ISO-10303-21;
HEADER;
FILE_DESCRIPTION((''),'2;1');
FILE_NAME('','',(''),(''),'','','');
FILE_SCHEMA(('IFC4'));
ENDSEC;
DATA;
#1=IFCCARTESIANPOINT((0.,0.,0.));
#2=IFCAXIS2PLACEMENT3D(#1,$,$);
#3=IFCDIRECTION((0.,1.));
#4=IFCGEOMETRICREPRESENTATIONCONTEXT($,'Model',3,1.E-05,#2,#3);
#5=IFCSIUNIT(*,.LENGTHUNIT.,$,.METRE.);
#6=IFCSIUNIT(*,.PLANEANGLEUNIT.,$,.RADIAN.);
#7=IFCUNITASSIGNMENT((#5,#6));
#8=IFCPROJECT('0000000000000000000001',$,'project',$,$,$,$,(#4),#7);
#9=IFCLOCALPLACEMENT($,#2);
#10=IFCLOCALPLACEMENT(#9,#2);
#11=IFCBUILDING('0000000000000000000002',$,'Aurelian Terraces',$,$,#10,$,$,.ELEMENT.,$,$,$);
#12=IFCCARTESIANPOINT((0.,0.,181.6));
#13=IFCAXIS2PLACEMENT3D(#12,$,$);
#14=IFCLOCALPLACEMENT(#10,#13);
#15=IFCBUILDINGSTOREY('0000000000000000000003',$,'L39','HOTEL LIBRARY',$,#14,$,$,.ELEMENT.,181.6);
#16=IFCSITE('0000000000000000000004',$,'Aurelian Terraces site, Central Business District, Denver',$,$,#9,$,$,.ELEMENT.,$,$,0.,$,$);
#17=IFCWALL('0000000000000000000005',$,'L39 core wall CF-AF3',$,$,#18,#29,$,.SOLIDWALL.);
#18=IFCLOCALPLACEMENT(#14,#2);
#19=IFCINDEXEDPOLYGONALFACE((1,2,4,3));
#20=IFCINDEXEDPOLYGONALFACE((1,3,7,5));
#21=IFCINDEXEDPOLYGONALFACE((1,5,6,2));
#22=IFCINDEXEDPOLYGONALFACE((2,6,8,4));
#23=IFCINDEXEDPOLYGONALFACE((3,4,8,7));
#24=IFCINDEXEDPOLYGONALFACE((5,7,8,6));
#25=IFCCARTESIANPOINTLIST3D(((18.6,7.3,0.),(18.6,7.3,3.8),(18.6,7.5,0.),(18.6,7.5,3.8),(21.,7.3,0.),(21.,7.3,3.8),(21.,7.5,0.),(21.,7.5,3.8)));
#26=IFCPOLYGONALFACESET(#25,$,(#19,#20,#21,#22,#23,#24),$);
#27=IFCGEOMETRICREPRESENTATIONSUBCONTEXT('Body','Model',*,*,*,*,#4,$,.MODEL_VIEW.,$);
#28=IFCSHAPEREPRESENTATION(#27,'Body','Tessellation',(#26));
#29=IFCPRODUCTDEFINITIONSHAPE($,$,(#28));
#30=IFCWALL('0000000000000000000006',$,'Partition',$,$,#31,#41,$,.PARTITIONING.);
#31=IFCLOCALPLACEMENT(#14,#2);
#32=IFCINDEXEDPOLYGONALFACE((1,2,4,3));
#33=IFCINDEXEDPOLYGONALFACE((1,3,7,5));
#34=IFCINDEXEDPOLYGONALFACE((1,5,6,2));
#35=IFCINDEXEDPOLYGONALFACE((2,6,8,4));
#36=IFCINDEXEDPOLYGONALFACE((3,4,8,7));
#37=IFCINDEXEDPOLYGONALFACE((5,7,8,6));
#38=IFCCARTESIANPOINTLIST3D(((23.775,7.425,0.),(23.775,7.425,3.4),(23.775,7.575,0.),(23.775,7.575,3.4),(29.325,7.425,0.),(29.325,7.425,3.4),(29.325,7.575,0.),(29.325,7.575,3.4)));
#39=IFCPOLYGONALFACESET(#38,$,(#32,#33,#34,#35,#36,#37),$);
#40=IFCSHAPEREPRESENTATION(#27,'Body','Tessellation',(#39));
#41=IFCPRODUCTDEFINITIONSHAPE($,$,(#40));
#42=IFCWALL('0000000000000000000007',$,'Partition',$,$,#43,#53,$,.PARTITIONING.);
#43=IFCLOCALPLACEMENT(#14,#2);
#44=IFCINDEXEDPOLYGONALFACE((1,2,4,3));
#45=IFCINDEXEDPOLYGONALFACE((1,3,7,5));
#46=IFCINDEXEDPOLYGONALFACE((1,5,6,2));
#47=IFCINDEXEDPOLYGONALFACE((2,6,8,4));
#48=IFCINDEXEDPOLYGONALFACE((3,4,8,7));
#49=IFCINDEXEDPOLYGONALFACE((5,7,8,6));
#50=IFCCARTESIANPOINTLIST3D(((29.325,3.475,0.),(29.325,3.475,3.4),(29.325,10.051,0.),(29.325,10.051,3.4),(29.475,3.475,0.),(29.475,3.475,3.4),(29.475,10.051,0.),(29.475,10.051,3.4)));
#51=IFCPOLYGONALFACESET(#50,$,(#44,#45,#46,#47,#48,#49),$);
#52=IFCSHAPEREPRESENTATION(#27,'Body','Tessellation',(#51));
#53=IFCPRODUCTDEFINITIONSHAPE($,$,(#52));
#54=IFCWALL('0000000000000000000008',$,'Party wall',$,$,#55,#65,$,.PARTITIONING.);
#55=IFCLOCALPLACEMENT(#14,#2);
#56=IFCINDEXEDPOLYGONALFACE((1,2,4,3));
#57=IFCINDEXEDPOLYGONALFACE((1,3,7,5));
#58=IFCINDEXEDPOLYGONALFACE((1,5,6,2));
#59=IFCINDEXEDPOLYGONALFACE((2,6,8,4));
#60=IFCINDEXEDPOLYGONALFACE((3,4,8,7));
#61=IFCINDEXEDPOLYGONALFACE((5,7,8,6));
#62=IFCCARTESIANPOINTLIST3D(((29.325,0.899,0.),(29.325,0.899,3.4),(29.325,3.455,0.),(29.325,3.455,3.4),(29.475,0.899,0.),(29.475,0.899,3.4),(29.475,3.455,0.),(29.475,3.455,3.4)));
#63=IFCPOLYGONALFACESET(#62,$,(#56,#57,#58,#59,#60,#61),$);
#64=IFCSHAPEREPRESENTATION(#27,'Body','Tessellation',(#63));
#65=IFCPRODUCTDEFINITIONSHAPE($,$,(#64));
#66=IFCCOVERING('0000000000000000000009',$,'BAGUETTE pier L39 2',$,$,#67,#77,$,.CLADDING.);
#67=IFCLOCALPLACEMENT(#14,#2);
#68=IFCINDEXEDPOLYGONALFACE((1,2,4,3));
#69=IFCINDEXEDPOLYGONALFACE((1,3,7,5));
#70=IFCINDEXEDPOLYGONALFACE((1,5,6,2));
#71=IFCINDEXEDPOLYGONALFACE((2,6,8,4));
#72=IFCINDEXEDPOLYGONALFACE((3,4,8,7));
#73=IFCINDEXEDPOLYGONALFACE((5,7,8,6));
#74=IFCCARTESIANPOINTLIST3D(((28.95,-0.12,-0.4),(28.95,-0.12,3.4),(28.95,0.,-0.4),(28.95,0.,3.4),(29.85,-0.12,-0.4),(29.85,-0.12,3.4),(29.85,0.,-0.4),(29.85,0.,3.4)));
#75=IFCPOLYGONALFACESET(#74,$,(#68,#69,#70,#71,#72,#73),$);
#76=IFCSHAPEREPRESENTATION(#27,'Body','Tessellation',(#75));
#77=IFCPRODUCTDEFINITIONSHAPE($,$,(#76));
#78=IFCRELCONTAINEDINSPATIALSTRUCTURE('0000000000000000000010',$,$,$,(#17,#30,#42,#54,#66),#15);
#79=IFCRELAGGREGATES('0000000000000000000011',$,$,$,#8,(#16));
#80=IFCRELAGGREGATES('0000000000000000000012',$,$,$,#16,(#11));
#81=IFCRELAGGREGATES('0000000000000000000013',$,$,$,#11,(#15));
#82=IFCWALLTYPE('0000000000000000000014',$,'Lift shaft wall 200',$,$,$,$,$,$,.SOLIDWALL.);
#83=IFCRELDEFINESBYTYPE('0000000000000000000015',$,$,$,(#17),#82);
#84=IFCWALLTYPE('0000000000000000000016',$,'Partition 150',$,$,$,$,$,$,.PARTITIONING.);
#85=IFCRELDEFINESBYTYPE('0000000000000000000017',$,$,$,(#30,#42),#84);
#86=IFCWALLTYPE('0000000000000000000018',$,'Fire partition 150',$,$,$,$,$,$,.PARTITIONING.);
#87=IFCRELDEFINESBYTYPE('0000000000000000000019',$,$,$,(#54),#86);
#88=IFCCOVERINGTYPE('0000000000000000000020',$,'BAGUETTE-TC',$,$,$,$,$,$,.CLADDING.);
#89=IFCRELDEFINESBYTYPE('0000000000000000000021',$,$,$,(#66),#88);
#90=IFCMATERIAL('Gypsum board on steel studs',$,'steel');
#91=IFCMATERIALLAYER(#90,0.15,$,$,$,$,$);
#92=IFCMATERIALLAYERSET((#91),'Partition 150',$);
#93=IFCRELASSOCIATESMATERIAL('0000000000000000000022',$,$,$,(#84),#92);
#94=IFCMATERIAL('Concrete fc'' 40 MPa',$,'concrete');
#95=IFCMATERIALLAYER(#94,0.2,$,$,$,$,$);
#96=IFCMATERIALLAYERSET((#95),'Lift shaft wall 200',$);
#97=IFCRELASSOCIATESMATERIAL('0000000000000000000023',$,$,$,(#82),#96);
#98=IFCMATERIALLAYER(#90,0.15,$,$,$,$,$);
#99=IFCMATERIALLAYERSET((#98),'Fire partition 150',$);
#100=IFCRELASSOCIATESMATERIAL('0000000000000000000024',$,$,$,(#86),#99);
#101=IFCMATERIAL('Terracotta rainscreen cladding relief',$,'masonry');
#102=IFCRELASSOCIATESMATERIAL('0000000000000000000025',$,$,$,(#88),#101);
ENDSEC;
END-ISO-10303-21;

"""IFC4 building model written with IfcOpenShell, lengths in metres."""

from ifc_helpers import new_model, si_unit, direction, frame, frame_2d, origin, origin_2d, place, context, subcontext, project, spatial, rectangle, extrude, source, transform, mapped, material, layer, layer_set, type_object, element, save


model = new_model("IFC4")

# Units and contexts
model_context = context("Model", 3, precision=1e-05, world=origin(), true_north=direction((0.0, 1.0)))
body_context = subcontext(model_context, "Body", "Model", "MODEL_VIEW")
ifc_project = project(units=[si_unit("LENGTHUNIT", "METRE"), si_unit("PLANEANGLEUNIT", "RADIAN")], contexts=[model_context])

# Site, building, storey
site_placement = place(None, origin())
site = spatial("IfcSite", under=ifc_project, at=site_placement, Name="Aurelian Terraces site, Central Business District, Denver", CompositionType="ELEMENT", RefElevation=0.0)
building_placement = place(site_placement, origin())
building = spatial("IfcBuilding", under=site, at=building_placement, Name="Aurelian Terraces", CompositionType="ELEMENT")
storey_placement = place(building_placement, frame((0.0, 0.0, 181.6)))
storey = spatial("IfcBuildingStorey", under=building, at=storey_placement, Name="L39", Description="HOTEL LIBRARY", CompositionType="ELEMENT", Elevation=181.6)

# Shared definitions
ifc_material_1 = material(Name="Gypsum board on steel studs", Category="steel")
ifc_layer_1 = layer(ifc_material_1, 0.15)
ifc_layer_set_1 = layer_set([ifc_layer_1], Name="Partition 150")
wall_type_1 = type_object("IfcWallType", Name="Partition 150", PredefinedType="PARTITIONING", material=ifc_layer_set_1)

# Shared definitions
ifc_material_2 = material(Name="Concrete fc' 40 MPa", Category="concrete")

# Walls
ifc_layer_2 = layer(ifc_material_2, 0.2)
ifc_layer_set_2 = layer_set([ifc_layer_2], Name="Lift shaft wall 200")
wall_type_2 = type_object("IfcWallType", Name="Lift shaft wall 200", PredefinedType="SOLIDWALL", material=ifc_layer_set_2)
shared_shape_1 = source(origin(), body_context, "Body", "SweptSolid", [
    extrude(rectangle(XDim=2.4, YDim=0.2, at=frame_2d((1.2, 0.0))), origin(), (0.0, 0.0, 1.0), 3.8),
])
wall_1_placement = place(storey_placement, frame((18.6, 7.4, 0.0), z_axis=(0.0, 0.0, 1.0), x_axis=(1.0, 0.0, 0.0)))
element("IfcWall", 1, at=wall_1_placement, inside=storey, type_object=wall_type_2, Name="L39 core wall CF-AF3", PredefinedType="SOLIDWALL", context=body_context, shape_type="MappedRepresentation", body=[
    mapped(shared_shape_1, transform((0.0, 0.0, 0.0), scale=1.0)),
])
shared_shape_2 = source(origin(), body_context, "Body", "SweptSolid", [
    extrude(rectangle(XDim=5.55, YDim=0.15, at=frame_2d((2.775, 0.0))), origin(), (0.0, 0.0, 1.0), 3.4),
])
wall_2_placement = place(storey_placement, frame((29.325, 7.5, 0.0), z_axis=(0.0, 0.0, 1.0), x_axis=(-1.0, 0.0, 0.0)))
element("IfcWall", 2, at=wall_2_placement, inside=storey, type_object=wall_type_1, Name="Partition", PredefinedType="PARTITIONING", context=body_context, shape_type="MappedRepresentation", body=[
    mapped(shared_shape_2, transform((0.0, 0.0, 0.0), scale=1.0)),
])
shared_shape_3 = source(origin(), body_context, "Body", "SweptSolid", [
    extrude(rectangle(XDim=6.576, YDim=0.15, at=frame_2d((3.288, 0.0))), origin(), (0.0, 0.0, 1.0), 3.4),
])
wall_3_placement = place(storey_placement, frame((29.4, 3.475, 0.0), z_axis=(0.0, 0.0, 1.0), x_axis=(0.0, 1.0, 0.0)))
element("IfcWall", 3, at=wall_3_placement, inside=storey, type_object=wall_type_1, Name="Partition", PredefinedType="PARTITIONING", context=body_context, shape_type="MappedRepresentation", body=[
    mapped(shared_shape_3, transform((0.0, 0.0, 0.0), scale=1.0)),
])
ifc_layer_3 = layer(ifc_material_1, 0.15)
ifc_layer_set_3 = layer_set([ifc_layer_3], Name="Fire partition 150")
wall_type_3 = type_object("IfcWallType", Name="Fire partition 150", PredefinedType="PARTITIONING", material=ifc_layer_set_3)
shared_shape_4 = source(origin(), body_context, "Body", "SweptSolid", [
    extrude(rectangle(XDim=2.556, YDim=0.15, at=frame_2d((1.278, 0.0))), origin(), (0.0, 0.0, 1.0), 3.4),
])
wall_4_placement = place(storey_placement, frame((29.4, 0.899, 0.0), z_axis=(0.0, 0.0, 1.0), x_axis=(0.0, 1.0, 0.0)))
element("IfcWall", 4, at=wall_4_placement, inside=storey, type_object=wall_type_3, Name="Party wall", PredefinedType="PARTITIONING", context=body_context, shape_type="MappedRepresentation", body=[
    mapped(shared_shape_4, transform((0.0, 0.0, 0.0), scale=1.0)),
])

# Covering
ifc_material_3 = material(Name="Terracotta rainscreen cladding relief", Category="masonry")
covering_type = type_object("IfcCoveringType", Name="BAGUETTE-TC", PredefinedType="CLADDING", material=ifc_material_3)
shared_shape_5 = source(origin(), body_context, "Body", "SweptSolid", [
    extrude(rectangle(XDim=0.9, YDim=0.12, at=origin_2d()), origin(), (0.0, 0.0, 1.0), 3.8),
])
covering_placement = place(storey_placement, frame((29.4, -0.06, -0.4), z_axis=(0.0, 0.0, 1.0), x_axis=(1.0, 0.0, 0.0)))
element("IfcCovering", 5, at=covering_placement, inside=storey, type_object=covering_type, Name="BAGUETTE pier L39 2", PredefinedType="CLADDING", context=body_context, shape_type="MappedRepresentation", body=[
    mapped(shared_shape_5, transform((0.0, 0.0, 0.0), scale=1.0)),
])

save(model, "model.ifc")
